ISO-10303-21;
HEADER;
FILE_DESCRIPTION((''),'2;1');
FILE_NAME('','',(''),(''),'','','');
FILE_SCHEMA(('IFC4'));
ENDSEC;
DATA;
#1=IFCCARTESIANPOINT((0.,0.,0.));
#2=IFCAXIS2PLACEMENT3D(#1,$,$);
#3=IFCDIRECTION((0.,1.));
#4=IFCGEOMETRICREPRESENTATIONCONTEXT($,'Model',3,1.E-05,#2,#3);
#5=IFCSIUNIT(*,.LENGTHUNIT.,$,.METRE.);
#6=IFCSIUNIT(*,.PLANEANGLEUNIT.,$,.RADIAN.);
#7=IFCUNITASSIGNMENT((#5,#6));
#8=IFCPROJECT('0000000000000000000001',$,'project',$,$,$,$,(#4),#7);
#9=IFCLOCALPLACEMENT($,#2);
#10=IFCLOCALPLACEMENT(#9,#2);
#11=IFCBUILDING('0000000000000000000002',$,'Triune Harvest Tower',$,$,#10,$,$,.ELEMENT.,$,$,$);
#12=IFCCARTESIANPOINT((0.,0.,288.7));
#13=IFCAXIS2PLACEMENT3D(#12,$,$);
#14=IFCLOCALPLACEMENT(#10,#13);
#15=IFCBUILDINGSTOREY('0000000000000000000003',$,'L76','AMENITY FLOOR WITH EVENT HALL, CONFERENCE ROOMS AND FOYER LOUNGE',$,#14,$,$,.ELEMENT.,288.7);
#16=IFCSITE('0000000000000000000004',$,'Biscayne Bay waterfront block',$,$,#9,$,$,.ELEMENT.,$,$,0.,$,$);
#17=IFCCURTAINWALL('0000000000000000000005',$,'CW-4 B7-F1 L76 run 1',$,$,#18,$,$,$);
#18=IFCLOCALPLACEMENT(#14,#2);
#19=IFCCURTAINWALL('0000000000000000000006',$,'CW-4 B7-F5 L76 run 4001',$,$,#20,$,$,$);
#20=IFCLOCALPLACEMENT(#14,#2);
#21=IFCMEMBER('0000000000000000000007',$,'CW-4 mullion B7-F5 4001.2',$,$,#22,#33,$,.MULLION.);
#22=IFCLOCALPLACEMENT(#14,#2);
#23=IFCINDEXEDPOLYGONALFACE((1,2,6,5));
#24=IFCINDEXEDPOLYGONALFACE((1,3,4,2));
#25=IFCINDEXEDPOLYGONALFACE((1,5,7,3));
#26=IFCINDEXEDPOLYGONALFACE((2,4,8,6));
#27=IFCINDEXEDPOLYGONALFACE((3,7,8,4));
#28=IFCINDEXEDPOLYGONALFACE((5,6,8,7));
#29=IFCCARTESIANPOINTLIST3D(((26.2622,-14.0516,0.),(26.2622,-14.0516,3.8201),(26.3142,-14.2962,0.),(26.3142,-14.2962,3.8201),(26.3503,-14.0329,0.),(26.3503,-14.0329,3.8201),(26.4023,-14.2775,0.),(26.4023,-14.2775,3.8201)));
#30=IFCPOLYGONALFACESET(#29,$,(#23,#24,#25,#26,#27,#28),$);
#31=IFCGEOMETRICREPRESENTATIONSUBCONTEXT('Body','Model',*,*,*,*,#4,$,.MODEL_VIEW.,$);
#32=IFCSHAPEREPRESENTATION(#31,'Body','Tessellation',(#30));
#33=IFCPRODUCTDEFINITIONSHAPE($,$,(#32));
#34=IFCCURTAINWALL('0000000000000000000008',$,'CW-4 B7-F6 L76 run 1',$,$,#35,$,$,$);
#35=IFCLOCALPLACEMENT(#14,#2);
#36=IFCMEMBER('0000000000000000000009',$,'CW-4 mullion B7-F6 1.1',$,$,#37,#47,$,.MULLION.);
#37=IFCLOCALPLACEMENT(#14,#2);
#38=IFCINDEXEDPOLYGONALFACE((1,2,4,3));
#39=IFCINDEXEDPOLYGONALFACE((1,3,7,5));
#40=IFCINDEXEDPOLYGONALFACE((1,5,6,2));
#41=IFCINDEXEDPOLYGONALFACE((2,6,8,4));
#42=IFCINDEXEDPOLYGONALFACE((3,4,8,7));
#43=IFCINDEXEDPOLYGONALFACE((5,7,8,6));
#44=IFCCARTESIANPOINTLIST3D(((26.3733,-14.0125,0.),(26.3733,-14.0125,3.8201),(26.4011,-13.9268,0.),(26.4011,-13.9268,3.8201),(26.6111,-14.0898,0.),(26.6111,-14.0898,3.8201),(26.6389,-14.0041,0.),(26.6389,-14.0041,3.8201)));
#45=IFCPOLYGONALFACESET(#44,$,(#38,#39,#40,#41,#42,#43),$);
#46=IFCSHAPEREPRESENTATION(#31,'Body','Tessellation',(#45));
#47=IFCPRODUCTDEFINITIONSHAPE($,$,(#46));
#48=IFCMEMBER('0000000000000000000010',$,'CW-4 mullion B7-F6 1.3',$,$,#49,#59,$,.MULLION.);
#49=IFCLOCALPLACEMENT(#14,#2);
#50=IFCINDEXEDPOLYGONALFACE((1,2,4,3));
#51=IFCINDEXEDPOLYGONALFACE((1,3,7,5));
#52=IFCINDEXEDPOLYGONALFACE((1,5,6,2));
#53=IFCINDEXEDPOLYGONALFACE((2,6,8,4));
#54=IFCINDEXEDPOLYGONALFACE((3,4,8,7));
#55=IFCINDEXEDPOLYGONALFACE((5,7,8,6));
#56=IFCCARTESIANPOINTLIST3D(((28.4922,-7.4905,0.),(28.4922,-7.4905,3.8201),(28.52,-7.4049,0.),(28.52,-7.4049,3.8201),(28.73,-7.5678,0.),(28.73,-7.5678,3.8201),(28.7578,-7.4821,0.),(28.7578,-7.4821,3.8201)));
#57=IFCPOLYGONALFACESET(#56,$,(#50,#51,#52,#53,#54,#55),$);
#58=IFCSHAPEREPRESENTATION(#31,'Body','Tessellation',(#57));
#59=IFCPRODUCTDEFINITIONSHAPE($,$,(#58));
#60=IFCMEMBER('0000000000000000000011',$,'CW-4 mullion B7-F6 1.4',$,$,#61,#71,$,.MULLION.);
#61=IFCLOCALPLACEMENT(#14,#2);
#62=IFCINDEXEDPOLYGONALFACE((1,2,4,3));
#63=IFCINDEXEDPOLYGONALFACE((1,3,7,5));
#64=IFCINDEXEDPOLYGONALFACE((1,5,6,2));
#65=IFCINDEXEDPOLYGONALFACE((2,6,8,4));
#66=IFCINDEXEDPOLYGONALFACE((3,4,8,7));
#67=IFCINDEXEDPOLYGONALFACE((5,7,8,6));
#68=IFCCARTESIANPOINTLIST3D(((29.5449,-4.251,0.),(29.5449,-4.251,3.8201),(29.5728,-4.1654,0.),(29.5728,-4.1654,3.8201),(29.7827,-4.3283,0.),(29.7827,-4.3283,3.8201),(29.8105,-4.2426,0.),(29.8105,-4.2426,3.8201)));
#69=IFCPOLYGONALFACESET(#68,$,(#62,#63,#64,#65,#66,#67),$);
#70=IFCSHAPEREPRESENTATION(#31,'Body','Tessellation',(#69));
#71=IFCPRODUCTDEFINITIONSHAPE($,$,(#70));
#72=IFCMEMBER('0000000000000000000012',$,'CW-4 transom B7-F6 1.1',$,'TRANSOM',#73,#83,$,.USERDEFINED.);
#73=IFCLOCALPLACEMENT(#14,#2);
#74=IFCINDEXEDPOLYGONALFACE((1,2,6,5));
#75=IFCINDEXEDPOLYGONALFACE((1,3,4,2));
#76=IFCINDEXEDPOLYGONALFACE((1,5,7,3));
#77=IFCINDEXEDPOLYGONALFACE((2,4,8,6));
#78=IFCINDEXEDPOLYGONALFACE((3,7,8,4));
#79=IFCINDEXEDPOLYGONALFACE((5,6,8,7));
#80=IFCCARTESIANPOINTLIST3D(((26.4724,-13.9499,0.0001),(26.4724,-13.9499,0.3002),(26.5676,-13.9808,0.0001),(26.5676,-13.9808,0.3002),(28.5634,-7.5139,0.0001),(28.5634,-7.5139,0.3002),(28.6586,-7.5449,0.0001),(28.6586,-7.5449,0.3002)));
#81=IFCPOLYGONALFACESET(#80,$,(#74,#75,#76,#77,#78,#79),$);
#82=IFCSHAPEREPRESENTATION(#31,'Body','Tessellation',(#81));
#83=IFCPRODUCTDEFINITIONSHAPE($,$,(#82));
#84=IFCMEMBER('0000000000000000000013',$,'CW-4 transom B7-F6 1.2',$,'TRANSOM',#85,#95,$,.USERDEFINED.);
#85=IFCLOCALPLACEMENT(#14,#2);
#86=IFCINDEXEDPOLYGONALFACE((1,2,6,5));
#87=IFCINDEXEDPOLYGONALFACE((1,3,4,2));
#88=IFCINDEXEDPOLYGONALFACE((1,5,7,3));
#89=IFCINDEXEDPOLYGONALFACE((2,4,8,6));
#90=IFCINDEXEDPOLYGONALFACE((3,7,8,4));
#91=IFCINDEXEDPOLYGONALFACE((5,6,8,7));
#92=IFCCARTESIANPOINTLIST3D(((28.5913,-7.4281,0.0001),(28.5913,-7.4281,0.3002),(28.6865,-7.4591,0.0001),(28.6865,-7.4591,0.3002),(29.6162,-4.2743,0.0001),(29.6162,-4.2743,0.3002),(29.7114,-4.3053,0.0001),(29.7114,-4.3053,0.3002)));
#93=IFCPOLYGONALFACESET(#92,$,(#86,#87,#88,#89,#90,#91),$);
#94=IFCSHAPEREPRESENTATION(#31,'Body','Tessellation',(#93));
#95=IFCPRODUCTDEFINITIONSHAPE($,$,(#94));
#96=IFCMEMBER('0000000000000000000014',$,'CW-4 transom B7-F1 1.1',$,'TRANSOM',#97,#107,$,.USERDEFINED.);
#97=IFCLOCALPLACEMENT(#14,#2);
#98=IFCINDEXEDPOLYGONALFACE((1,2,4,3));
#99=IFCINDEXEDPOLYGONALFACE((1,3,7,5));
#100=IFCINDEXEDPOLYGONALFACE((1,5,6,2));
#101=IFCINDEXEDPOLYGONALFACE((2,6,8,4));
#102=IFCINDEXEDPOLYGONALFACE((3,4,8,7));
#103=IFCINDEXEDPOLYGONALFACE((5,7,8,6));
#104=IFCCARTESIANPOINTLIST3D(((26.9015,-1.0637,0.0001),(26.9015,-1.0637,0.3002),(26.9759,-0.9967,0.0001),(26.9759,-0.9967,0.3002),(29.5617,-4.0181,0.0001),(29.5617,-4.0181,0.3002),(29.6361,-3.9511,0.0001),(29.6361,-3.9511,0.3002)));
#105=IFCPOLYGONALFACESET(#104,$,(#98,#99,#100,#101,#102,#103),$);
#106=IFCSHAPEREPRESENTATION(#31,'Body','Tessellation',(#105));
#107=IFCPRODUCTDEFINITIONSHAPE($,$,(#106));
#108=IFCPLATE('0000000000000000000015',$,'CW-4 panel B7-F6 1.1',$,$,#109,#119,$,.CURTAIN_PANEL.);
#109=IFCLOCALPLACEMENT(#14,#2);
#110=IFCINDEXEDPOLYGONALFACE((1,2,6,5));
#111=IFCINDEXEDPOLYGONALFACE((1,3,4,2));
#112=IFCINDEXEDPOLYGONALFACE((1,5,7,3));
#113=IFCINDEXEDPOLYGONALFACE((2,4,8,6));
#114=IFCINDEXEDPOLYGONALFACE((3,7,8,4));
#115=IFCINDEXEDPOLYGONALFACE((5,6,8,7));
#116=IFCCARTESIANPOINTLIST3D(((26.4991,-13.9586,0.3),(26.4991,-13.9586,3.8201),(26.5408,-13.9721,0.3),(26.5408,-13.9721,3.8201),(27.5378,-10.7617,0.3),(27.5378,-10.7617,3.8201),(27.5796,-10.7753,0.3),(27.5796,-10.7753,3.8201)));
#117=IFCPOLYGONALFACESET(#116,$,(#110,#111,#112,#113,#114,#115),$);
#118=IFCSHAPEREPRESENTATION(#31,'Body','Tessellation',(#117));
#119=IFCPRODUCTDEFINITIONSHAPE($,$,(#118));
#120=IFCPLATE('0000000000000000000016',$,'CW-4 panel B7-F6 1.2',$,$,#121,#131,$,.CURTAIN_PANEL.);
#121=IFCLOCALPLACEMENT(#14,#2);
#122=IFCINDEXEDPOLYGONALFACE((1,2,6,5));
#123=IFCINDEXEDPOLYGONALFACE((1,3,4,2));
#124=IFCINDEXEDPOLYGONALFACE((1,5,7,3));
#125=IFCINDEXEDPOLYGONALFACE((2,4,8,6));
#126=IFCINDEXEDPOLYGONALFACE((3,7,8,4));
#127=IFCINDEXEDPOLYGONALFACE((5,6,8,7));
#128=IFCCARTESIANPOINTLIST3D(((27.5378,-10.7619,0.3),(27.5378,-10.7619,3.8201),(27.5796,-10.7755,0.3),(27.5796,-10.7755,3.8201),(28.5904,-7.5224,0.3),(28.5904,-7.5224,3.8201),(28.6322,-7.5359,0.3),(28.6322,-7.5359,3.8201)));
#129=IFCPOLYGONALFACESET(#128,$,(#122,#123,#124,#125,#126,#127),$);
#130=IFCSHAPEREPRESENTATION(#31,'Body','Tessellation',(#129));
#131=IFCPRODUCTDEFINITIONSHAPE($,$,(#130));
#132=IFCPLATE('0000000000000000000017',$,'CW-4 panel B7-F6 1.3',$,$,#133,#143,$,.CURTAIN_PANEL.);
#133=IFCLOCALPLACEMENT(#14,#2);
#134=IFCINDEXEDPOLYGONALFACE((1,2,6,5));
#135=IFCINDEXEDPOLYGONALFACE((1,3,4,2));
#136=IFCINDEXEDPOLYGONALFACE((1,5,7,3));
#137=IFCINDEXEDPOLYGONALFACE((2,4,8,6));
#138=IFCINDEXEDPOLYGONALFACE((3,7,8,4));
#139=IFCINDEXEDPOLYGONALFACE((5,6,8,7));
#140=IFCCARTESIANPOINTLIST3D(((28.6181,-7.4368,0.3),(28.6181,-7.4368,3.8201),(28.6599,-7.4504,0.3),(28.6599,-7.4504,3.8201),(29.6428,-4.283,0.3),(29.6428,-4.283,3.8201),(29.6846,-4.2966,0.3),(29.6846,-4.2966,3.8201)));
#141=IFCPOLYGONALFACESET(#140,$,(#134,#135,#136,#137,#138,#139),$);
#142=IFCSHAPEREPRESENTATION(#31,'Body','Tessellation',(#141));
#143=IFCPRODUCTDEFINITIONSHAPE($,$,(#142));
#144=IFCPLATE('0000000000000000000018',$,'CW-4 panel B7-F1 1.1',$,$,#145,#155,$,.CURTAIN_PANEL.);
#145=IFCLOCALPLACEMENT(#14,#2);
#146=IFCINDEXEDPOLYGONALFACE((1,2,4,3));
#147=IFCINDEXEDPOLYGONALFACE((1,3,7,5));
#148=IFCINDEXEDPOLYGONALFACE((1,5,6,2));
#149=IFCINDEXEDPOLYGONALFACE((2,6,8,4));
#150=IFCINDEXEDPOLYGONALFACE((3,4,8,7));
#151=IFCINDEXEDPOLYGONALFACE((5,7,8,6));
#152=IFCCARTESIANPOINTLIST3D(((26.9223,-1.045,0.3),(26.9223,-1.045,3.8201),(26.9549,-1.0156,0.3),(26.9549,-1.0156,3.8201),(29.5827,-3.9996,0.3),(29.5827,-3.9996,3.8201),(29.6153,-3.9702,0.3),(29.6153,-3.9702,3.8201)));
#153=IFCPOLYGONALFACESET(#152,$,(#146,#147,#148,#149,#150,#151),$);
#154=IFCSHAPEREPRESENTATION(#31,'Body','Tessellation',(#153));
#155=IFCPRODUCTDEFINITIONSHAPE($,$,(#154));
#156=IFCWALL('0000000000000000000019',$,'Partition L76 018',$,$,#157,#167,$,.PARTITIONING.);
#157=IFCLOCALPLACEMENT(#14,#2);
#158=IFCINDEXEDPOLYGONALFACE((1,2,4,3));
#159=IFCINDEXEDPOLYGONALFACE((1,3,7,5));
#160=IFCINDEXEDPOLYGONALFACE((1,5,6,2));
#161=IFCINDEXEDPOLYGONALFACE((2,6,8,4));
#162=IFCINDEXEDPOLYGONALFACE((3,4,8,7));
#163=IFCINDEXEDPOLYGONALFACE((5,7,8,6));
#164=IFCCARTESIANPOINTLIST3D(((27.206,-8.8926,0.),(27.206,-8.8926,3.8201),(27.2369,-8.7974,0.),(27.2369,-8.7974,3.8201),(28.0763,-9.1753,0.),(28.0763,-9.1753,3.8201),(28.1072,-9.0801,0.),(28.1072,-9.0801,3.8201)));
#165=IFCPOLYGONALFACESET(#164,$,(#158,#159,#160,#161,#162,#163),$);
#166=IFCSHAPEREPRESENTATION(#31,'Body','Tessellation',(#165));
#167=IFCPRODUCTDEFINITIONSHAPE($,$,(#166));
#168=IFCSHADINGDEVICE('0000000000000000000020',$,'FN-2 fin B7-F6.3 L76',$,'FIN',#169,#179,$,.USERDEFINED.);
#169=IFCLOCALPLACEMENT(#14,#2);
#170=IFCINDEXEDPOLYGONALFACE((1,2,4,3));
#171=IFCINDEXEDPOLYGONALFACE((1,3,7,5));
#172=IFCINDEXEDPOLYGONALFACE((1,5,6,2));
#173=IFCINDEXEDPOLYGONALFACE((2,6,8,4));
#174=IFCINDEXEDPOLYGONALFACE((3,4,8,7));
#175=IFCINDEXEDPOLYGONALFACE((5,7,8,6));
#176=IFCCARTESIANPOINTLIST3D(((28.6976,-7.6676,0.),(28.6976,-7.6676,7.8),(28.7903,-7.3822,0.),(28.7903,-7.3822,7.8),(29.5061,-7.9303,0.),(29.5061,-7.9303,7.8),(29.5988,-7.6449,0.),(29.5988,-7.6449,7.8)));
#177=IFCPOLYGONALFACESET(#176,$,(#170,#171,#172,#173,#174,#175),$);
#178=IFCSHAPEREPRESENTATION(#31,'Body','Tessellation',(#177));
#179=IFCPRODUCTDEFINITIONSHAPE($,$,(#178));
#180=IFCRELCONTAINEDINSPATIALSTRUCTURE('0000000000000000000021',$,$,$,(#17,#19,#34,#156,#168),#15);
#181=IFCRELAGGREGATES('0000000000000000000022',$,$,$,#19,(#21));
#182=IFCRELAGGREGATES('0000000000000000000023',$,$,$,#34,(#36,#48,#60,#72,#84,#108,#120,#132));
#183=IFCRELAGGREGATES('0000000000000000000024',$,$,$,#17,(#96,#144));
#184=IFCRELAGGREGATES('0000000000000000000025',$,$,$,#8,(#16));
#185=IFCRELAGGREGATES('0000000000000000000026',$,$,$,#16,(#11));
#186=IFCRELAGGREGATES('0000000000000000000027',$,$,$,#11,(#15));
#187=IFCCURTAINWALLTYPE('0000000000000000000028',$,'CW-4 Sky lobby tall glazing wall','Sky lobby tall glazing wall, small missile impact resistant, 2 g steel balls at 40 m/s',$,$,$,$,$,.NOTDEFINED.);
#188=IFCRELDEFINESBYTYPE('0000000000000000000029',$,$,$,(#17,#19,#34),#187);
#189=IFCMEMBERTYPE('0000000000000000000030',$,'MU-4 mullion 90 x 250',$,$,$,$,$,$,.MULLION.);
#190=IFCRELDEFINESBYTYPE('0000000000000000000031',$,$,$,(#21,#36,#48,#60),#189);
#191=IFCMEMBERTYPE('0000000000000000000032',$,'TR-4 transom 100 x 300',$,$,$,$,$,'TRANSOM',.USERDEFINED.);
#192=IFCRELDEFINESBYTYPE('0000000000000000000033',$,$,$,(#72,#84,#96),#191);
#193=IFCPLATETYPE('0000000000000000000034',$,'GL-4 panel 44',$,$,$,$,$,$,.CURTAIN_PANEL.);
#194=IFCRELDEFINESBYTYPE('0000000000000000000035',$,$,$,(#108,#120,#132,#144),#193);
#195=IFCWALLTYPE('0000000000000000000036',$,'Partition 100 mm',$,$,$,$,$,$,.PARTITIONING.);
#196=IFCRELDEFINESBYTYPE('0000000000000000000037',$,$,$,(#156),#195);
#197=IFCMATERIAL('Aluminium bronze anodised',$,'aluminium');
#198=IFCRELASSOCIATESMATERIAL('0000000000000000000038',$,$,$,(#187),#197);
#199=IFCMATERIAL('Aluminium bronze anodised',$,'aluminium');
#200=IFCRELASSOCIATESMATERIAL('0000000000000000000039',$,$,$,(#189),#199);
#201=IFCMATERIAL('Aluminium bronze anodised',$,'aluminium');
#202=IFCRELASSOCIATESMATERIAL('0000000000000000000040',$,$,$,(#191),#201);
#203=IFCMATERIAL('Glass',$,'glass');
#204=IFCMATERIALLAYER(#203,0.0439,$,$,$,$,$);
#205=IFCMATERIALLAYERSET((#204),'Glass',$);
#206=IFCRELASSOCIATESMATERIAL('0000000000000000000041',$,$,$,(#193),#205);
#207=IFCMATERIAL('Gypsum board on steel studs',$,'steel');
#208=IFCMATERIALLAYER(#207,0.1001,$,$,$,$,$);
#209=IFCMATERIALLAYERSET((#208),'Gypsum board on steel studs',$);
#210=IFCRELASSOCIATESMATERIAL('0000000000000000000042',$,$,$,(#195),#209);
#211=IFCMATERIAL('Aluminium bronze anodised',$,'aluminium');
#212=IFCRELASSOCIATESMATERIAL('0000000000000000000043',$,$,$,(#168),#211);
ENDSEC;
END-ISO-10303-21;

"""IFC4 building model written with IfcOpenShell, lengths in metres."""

from ifc_helpers import new_model, si_unit, direction, frame, frame_2d, origin, origin_2d, place, context, subcontext, project, spatial, rectangle, extrude, source, transform, mapped, material, layer, layer_set, material_profile, profile_set, type_object, element, aggregate, save


model = new_model("IFC4")

# Units and contexts
model_context = context("Model", 3, precision=1e-05, world=origin(), true_north=direction((0.0, 1.0)))
body_context = subcontext(model_context, "Body", "Model", "MODEL_VIEW")
ifc_project = project(units=[si_unit("LENGTHUNIT", "METRE"), si_unit("PLANEANGLEUNIT", "RADIAN")], contexts=[model_context])

# Site, building, storey
site_placement = place(None, origin())
site = spatial("IfcSite", under=ifc_project, at=site_placement, Name="Biscayne Bay waterfront block", CompositionType="ELEMENT", RefElevation=0.0)
building_placement = place(site_placement, origin())
building = spatial("IfcBuilding", under=site, at=building_placement, Name="Triune Harvest Tower", CompositionType="ELEMENT")
storey_placement = place(building_placement, frame((0.0, 0.0, 288.7)))
storey = spatial("IfcBuildingStorey", under=building, at=storey_placement, Name="L76", Description="AMENITY FLOOR WITH EVENT HALL, CONFERENCE ROOMS AND FOYER LOUNGE", CompositionType="ELEMENT", Elevation=288.7)

# Curtain walls, member
ifc_material_1 = material(Name="Aluminium bronze anodised", Category="aluminium")
curtain_wall_type = type_object("IfcCurtainWallType", Name="CW-4 Sky lobby tall glazing wall", Description="Sky lobby tall glazing wall, small missile impact resistant, 2 g steel balls at 40 m/s", PredefinedType="NOTDEFINED", material=ifc_material_1)
curtain_wall_1_placement = place(storey_placement, origin())
curtain_wall_1 = element("IfcCurtainWall", 1, at=curtain_wall_1_placement, inside=storey, type_object=curtain_wall_type, Name="CW-4 B7-F1 L76 run 1")
ifc_material_2 = material(Name="Aluminium bronze anodised", Category="aluminium")
ifc_material_profile_1 = material_profile(ifc_material_2, rectangle(XDim=0.25, YDim=0.0901, at=origin_2d()), Name="MU-4 mullion 90 x 250")
ifc_profile_set_1 = profile_set([ifc_material_profile_1], Name="Aluminium bronze anodised")
member_type_1 = type_object("IfcMemberType", Name="MU-4 mullion 90 x 250", PredefinedType="MULLION", material=ifc_profile_set_1)
shared_shape_1 = source(origin(), body_context, "Body", "SweptSolid", [
    extrude(rectangle(XDim=0.25, YDim=0.0901, at=origin_2d()), origin(), (0.0, 0.0, 1.0), 3.8201),
])
curtain_wall_2_placement = place(storey_placement, origin())
curtain_wall_2 = element("IfcCurtainWall", 2, at=curtain_wall_2_placement, inside=storey, type_object=curtain_wall_type, Name="CW-4 B7-F5 L76 run 4001")
member_1_placement = place(storey_placement, frame((26.3323, -14.1646, 0.0), z_axis=(0.0, 0.0, 1.0), x_axis=(-0.207901, 0.97815, 0.0)))
member_1 = element("IfcMember", 3, at=member_1_placement, type_object=member_type_1, Name="CW-4 mullion B7-F5 4001.2", PredefinedType="MULLION", context=body_context, shape_type="MappedRepresentation", body=[
    mapped(shared_shape_1, transform((0.0, 0.0, 0.0), scale=1.0)),
])
aggregate(curtain_wall_2, [member_1])

# Curtain wall, members
curtain_wall_3_placement = place(storey_placement, origin())
curtain_wall_3 = element("IfcCurtainWall", 4, at=curtain_wall_3_placement, inside=storey, type_object=curtain_wall_type, Name="CW-4 B7-F6 L76 run 1")
member_2_placement = place(storey_placement, frame((26.5061, -14.0083, 0.0), z_axis=(0.0, 0.0, 1.0), x_axis=(-0.951056, 0.309019, 0.0)))
member_2 = element("IfcMember", 5, at=member_2_placement, type_object=member_type_1, Name="CW-4 mullion B7-F6 1.1", PredefinedType="MULLION", context=body_context, shape_type="MappedRepresentation", body=[
    mapped(shared_shape_1, transform((0.0, 0.0, 0.0), scale=1.0)),
])
member_3_placement = place(storey_placement, frame((28.625, -7.4863, 0.0), z_axis=(0.0, 0.0, 1.0), x_axis=(-0.951056, 0.309019, 0.0)))
member_3 = element("IfcMember", 6, at=member_3_placement, type_object=member_type_1, Name="CW-4 mullion B7-F6 1.3", PredefinedType="MULLION", context=body_context, shape_type="MappedRepresentation", body=[
    mapped(shared_shape_1, transform((0.0, 0.0, 0.0), scale=1.0)),
])
member_4_placement = place(storey_placement, frame((29.6777, -4.2468, 0.0), z_axis=(0.0, 0.0, 1.0), x_axis=(-0.951056, 0.309019, 0.0)))
member_4 = element("IfcMember", 7, at=member_4_placement, type_object=member_type_1, Name="CW-4 mullion B7-F6 1.4", PredefinedType="MULLION", context=body_context, shape_type="MappedRepresentation", body=[
    mapped(shared_shape_1, transform((0.0, 0.0, 0.0), scale=1.0)),
])
ifc_material_3 = material(Name="Aluminium bronze anodised", Category="aluminium")
ifc_material_profile_2 = material_profile(ifc_material_3, rectangle(XDim=0.1001, YDim=0.3, at=origin_2d()), Name="TR-4 transom 100 x 300")
ifc_profile_set_2 = profile_set([ifc_material_profile_2], Name="Aluminium bronze anodised")
member_type_2 = type_object("IfcMemberType", Name="TR-4 transom 100 x 300", ElementType="TRANSOM", PredefinedType="USERDEFINED", material=ifc_profile_set_2)
shared_shape_2 = source(origin(), body_context, "Body", "SweptSolid", [
    extrude(rectangle(XDim=0.1001, YDim=0.3, at=origin_2d()), origin(), (0.0, 0.0, 1.0), 6.7671),
])
member_5_placement = place(storey_placement, frame((26.52, -13.9653, 0.1501), z_axis=(0.309, 0.951062, 0.0), x_axis=(-0.951062, 0.309, 0.0)))
member_5 = element("IfcMember", 8, at=member_5_placement, type_object=member_type_2, Name="CW-4 transom B7-F6 1.1", ObjectType="TRANSOM", PredefinedType="USERDEFINED", context=body_context, shape_type="MappedRepresentation", body=[
    mapped(shared_shape_2, transform((0.0, 0.0, 0.0), scale=1.0)),
])
shared_shape_3 = source(origin(), body_context, "Body", "SweptSolid", [
    extrude(rectangle(XDim=0.1001, YDim=0.3, at=origin_2d()), origin(), (0.0, 0.0, 1.0), 3.3162),
])
member_6_placement = place(storey_placement, frame((28.6389, -7.4436, 0.1501), z_axis=(0.309063, 0.951042, 0.0), x_axis=(-0.951042, 0.309063, 0.0)))
member_6 = element("IfcMember", 9, at=member_6_placement, type_object=member_type_2, Name="CW-4 transom B7-F6 1.2", ObjectType="TRANSOM", PredefinedType="USERDEFINED", context=body_context, shape_type="MappedRepresentation", body=[
    mapped(shared_shape_3, transform((0.0, 0.0, 0.0), scale=1.0)),
])

# Member
shared_shape_4 = source(origin(), body_context, "Body", "SweptSolid", [
    extrude(rectangle(XDim=0.1001, YDim=0.3, at=origin_2d()), origin(), (0.0, 0.0, 1.0), 3.9756),
])
member_7_placement = place(storey_placement, frame((29.5989, -3.9846, 0.1501), z_axis=(-0.669138, 0.743138, 0.0), x_axis=(-0.743138, -0.669138, 0.0)))
member_7 = element("IfcMember", 10, at=member_7_placement, type_object=member_type_2, Name="CW-4 transom B7-F1 1.1", ObjectType="TRANSOM", PredefinedType="USERDEFINED", context=body_context, shape_type="MappedRepresentation", body=[
    mapped(shared_shape_4, transform((0.0, 0.0, 0.0), scale=1.0)),
])

# Plates
ifc_material_4 = material(Name="Glass", Category="glass")
ifc_layer_1 = layer(ifc_material_4, 0.0439)
ifc_layer_set_1 = layer_set([ifc_layer_1], Name="Glass")
plate_type = type_object("IfcPlateType", Name="GL-4 panel 44", PredefinedType="CURTAIN_PANEL", material=ifc_layer_set_1)
shared_shape_5 = source(origin(), body_context, "Body", "SweptSolid", [
    extrude(rectangle(XDim=3.3613, YDim=0.0439, at=origin_2d()), origin(), (0.0, 0.0, 1.0), 3.52),
])
plate_1_placement = place(storey_placement, frame((27.0393, -12.3669, 0.3), z_axis=(0.0, 0.0, 1.0), x_axis=(0.309019, 0.951056, 0.0)))
plate_1 = element("IfcPlate", 11, at=plate_1_placement, type_object=plate_type, Name="CW-4 panel B7-F6 1.1", PredefinedType="CURTAIN_PANEL", context=body_context, shape_type="MappedRepresentation", body=[
    mapped(shared_shape_5, transform((0.0, 0.0, 0.0), scale=1.0)),
])
shared_shape_6 = source(origin(), body_context, "Body", "SweptSolid", [
    extrude(rectangle(XDim=3.4062, YDim=0.0439, at=origin_2d()), origin(), (0.0, 0.0, 1.0), 3.52),
])
plate_2_placement = place(storey_placement, frame((28.085, -9.1489, 0.3), z_axis=(0.0, 0.0, 1.0), x_axis=(0.309019, 0.951056, 0.0)))
plate_2 = element("IfcPlate", 12, at=plate_2_placement, type_object=plate_type, Name="CW-4 panel B7-F6 1.2", PredefinedType="CURTAIN_PANEL", context=body_context, shape_type="MappedRepresentation", body=[
    mapped(shared_shape_6, transform((0.0, 0.0, 0.0), scale=1.0)),
])
shared_shape_7 = source(origin(), body_context, "Body", "SweptSolid", [
    extrude(rectangle(XDim=3.3162, YDim=0.0439, at=origin_2d()), origin(), (0.0, 0.0, 1.0), 3.52),
])
plate_3_placement = place(storey_placement, frame((29.1514, -5.8667, 0.3), z_axis=(0.0, 0.0, 1.0), x_axis=(0.309019, 0.951056, 0.0)))
plate_3 = element("IfcPlate", 13, at=plate_3_placement, type_object=plate_type, Name="CW-4 panel B7-F6 1.3", PredefinedType="CURTAIN_PANEL", context=body_context, shape_type="MappedRepresentation", body=[
    mapped(shared_shape_7, transform((0.0, 0.0, 0.0), scale=1.0)),
])
aggregate(curtain_wall_3, [member_2, member_3, member_4, member_5, member_6, plate_1, plate_2, plate_3])
shared_shape_8 = source(origin(), body_context, "Body", "SweptSolid", [
    extrude(rectangle(XDim=3.9758, YDim=0.0439, at=origin_2d()), origin(), (0.0, 0.0, 1.0), 3.52),
])
plate_4_placement = place(storey_placement, frame((28.2688, -2.5076, 0.3), z_axis=(0.0, 0.0, 1.0), x_axis=(-0.669137, 0.743139, 0.0)))
plate_4 = element("IfcPlate", 14, at=plate_4_placement, type_object=plate_type, Name="CW-4 panel B7-F1 1.1", PredefinedType="CURTAIN_PANEL", context=body_context, shape_type="MappedRepresentation", body=[
    mapped(shared_shape_8, transform((0.0, 0.0, 0.0), scale=1.0)),
])
aggregate(curtain_wall_1, [member_7, plate_4])

# Wall
ifc_material_5 = material(Name="Gypsum board on steel studs", Category="steel")
ifc_layer_2 = layer(ifc_material_5, 0.1001)
ifc_layer_set_2 = layer_set([ifc_layer_2], Name="Gypsum board on steel studs")
wall_type = type_object("IfcWallType", Name="Partition 100 mm", PredefinedType="PARTITIONING", material=ifc_layer_set_2)
shared_shape_9 = source(origin(), body_context, "Body", "SweptSolid", [
    extrude(rectangle(XDim=0.915, YDim=0.1001, at=frame_2d((0.4575, 0.0))), origin(), (0.0, 0.0, 1.0), 3.8201),
])
wall_placement = place(storey_placement, frame((27.2214, -8.845, 0.0), z_axis=(0.0, 0.0, 1.0), x_axis=(0.951083, -0.308935, 0.0)))
element("IfcWall", 15, at=wall_placement, inside=storey, type_object=wall_type, Name="Partition L76 018", PredefinedType="PARTITIONING", context=body_context, shape_type="MappedRepresentation", body=[
    mapped(shared_shape_9, transform((0.0, 0.0, 0.0), scale=1.0)),
])

# Shading device
ifc_material_6 = material(Name="Aluminium bronze anodised", Category="aluminium")
shared_shape_10 = source(origin(), body_context, "Body", "SweptSolid", [
    extrude(rectangle(XDim=0.3, YDim=0.8501, at=origin_2d()), origin(), (0.0, 0.0, 1.0), 7.8),
])
shading_device_placement = place(storey_placement, frame((29.1482, -7.6562, 0.0), z_axis=(0.0, 0.0, 1.0), x_axis=(0.309019, 0.951056, 0.0)))
element("IfcShadingDevice", 16, at=shading_device_placement, inside=storey, material=ifc_material_6, Name="FN-2 fin B7-F6.3 L76", ObjectType="FIN", PredefinedType="USERDEFINED", context=body_context, shape_type="MappedRepresentation", body=[
    mapped(shared_shape_10, transform((0.0, 0.0, 0.0), scale=1.0)),
])

save(model, "model.ifc")
